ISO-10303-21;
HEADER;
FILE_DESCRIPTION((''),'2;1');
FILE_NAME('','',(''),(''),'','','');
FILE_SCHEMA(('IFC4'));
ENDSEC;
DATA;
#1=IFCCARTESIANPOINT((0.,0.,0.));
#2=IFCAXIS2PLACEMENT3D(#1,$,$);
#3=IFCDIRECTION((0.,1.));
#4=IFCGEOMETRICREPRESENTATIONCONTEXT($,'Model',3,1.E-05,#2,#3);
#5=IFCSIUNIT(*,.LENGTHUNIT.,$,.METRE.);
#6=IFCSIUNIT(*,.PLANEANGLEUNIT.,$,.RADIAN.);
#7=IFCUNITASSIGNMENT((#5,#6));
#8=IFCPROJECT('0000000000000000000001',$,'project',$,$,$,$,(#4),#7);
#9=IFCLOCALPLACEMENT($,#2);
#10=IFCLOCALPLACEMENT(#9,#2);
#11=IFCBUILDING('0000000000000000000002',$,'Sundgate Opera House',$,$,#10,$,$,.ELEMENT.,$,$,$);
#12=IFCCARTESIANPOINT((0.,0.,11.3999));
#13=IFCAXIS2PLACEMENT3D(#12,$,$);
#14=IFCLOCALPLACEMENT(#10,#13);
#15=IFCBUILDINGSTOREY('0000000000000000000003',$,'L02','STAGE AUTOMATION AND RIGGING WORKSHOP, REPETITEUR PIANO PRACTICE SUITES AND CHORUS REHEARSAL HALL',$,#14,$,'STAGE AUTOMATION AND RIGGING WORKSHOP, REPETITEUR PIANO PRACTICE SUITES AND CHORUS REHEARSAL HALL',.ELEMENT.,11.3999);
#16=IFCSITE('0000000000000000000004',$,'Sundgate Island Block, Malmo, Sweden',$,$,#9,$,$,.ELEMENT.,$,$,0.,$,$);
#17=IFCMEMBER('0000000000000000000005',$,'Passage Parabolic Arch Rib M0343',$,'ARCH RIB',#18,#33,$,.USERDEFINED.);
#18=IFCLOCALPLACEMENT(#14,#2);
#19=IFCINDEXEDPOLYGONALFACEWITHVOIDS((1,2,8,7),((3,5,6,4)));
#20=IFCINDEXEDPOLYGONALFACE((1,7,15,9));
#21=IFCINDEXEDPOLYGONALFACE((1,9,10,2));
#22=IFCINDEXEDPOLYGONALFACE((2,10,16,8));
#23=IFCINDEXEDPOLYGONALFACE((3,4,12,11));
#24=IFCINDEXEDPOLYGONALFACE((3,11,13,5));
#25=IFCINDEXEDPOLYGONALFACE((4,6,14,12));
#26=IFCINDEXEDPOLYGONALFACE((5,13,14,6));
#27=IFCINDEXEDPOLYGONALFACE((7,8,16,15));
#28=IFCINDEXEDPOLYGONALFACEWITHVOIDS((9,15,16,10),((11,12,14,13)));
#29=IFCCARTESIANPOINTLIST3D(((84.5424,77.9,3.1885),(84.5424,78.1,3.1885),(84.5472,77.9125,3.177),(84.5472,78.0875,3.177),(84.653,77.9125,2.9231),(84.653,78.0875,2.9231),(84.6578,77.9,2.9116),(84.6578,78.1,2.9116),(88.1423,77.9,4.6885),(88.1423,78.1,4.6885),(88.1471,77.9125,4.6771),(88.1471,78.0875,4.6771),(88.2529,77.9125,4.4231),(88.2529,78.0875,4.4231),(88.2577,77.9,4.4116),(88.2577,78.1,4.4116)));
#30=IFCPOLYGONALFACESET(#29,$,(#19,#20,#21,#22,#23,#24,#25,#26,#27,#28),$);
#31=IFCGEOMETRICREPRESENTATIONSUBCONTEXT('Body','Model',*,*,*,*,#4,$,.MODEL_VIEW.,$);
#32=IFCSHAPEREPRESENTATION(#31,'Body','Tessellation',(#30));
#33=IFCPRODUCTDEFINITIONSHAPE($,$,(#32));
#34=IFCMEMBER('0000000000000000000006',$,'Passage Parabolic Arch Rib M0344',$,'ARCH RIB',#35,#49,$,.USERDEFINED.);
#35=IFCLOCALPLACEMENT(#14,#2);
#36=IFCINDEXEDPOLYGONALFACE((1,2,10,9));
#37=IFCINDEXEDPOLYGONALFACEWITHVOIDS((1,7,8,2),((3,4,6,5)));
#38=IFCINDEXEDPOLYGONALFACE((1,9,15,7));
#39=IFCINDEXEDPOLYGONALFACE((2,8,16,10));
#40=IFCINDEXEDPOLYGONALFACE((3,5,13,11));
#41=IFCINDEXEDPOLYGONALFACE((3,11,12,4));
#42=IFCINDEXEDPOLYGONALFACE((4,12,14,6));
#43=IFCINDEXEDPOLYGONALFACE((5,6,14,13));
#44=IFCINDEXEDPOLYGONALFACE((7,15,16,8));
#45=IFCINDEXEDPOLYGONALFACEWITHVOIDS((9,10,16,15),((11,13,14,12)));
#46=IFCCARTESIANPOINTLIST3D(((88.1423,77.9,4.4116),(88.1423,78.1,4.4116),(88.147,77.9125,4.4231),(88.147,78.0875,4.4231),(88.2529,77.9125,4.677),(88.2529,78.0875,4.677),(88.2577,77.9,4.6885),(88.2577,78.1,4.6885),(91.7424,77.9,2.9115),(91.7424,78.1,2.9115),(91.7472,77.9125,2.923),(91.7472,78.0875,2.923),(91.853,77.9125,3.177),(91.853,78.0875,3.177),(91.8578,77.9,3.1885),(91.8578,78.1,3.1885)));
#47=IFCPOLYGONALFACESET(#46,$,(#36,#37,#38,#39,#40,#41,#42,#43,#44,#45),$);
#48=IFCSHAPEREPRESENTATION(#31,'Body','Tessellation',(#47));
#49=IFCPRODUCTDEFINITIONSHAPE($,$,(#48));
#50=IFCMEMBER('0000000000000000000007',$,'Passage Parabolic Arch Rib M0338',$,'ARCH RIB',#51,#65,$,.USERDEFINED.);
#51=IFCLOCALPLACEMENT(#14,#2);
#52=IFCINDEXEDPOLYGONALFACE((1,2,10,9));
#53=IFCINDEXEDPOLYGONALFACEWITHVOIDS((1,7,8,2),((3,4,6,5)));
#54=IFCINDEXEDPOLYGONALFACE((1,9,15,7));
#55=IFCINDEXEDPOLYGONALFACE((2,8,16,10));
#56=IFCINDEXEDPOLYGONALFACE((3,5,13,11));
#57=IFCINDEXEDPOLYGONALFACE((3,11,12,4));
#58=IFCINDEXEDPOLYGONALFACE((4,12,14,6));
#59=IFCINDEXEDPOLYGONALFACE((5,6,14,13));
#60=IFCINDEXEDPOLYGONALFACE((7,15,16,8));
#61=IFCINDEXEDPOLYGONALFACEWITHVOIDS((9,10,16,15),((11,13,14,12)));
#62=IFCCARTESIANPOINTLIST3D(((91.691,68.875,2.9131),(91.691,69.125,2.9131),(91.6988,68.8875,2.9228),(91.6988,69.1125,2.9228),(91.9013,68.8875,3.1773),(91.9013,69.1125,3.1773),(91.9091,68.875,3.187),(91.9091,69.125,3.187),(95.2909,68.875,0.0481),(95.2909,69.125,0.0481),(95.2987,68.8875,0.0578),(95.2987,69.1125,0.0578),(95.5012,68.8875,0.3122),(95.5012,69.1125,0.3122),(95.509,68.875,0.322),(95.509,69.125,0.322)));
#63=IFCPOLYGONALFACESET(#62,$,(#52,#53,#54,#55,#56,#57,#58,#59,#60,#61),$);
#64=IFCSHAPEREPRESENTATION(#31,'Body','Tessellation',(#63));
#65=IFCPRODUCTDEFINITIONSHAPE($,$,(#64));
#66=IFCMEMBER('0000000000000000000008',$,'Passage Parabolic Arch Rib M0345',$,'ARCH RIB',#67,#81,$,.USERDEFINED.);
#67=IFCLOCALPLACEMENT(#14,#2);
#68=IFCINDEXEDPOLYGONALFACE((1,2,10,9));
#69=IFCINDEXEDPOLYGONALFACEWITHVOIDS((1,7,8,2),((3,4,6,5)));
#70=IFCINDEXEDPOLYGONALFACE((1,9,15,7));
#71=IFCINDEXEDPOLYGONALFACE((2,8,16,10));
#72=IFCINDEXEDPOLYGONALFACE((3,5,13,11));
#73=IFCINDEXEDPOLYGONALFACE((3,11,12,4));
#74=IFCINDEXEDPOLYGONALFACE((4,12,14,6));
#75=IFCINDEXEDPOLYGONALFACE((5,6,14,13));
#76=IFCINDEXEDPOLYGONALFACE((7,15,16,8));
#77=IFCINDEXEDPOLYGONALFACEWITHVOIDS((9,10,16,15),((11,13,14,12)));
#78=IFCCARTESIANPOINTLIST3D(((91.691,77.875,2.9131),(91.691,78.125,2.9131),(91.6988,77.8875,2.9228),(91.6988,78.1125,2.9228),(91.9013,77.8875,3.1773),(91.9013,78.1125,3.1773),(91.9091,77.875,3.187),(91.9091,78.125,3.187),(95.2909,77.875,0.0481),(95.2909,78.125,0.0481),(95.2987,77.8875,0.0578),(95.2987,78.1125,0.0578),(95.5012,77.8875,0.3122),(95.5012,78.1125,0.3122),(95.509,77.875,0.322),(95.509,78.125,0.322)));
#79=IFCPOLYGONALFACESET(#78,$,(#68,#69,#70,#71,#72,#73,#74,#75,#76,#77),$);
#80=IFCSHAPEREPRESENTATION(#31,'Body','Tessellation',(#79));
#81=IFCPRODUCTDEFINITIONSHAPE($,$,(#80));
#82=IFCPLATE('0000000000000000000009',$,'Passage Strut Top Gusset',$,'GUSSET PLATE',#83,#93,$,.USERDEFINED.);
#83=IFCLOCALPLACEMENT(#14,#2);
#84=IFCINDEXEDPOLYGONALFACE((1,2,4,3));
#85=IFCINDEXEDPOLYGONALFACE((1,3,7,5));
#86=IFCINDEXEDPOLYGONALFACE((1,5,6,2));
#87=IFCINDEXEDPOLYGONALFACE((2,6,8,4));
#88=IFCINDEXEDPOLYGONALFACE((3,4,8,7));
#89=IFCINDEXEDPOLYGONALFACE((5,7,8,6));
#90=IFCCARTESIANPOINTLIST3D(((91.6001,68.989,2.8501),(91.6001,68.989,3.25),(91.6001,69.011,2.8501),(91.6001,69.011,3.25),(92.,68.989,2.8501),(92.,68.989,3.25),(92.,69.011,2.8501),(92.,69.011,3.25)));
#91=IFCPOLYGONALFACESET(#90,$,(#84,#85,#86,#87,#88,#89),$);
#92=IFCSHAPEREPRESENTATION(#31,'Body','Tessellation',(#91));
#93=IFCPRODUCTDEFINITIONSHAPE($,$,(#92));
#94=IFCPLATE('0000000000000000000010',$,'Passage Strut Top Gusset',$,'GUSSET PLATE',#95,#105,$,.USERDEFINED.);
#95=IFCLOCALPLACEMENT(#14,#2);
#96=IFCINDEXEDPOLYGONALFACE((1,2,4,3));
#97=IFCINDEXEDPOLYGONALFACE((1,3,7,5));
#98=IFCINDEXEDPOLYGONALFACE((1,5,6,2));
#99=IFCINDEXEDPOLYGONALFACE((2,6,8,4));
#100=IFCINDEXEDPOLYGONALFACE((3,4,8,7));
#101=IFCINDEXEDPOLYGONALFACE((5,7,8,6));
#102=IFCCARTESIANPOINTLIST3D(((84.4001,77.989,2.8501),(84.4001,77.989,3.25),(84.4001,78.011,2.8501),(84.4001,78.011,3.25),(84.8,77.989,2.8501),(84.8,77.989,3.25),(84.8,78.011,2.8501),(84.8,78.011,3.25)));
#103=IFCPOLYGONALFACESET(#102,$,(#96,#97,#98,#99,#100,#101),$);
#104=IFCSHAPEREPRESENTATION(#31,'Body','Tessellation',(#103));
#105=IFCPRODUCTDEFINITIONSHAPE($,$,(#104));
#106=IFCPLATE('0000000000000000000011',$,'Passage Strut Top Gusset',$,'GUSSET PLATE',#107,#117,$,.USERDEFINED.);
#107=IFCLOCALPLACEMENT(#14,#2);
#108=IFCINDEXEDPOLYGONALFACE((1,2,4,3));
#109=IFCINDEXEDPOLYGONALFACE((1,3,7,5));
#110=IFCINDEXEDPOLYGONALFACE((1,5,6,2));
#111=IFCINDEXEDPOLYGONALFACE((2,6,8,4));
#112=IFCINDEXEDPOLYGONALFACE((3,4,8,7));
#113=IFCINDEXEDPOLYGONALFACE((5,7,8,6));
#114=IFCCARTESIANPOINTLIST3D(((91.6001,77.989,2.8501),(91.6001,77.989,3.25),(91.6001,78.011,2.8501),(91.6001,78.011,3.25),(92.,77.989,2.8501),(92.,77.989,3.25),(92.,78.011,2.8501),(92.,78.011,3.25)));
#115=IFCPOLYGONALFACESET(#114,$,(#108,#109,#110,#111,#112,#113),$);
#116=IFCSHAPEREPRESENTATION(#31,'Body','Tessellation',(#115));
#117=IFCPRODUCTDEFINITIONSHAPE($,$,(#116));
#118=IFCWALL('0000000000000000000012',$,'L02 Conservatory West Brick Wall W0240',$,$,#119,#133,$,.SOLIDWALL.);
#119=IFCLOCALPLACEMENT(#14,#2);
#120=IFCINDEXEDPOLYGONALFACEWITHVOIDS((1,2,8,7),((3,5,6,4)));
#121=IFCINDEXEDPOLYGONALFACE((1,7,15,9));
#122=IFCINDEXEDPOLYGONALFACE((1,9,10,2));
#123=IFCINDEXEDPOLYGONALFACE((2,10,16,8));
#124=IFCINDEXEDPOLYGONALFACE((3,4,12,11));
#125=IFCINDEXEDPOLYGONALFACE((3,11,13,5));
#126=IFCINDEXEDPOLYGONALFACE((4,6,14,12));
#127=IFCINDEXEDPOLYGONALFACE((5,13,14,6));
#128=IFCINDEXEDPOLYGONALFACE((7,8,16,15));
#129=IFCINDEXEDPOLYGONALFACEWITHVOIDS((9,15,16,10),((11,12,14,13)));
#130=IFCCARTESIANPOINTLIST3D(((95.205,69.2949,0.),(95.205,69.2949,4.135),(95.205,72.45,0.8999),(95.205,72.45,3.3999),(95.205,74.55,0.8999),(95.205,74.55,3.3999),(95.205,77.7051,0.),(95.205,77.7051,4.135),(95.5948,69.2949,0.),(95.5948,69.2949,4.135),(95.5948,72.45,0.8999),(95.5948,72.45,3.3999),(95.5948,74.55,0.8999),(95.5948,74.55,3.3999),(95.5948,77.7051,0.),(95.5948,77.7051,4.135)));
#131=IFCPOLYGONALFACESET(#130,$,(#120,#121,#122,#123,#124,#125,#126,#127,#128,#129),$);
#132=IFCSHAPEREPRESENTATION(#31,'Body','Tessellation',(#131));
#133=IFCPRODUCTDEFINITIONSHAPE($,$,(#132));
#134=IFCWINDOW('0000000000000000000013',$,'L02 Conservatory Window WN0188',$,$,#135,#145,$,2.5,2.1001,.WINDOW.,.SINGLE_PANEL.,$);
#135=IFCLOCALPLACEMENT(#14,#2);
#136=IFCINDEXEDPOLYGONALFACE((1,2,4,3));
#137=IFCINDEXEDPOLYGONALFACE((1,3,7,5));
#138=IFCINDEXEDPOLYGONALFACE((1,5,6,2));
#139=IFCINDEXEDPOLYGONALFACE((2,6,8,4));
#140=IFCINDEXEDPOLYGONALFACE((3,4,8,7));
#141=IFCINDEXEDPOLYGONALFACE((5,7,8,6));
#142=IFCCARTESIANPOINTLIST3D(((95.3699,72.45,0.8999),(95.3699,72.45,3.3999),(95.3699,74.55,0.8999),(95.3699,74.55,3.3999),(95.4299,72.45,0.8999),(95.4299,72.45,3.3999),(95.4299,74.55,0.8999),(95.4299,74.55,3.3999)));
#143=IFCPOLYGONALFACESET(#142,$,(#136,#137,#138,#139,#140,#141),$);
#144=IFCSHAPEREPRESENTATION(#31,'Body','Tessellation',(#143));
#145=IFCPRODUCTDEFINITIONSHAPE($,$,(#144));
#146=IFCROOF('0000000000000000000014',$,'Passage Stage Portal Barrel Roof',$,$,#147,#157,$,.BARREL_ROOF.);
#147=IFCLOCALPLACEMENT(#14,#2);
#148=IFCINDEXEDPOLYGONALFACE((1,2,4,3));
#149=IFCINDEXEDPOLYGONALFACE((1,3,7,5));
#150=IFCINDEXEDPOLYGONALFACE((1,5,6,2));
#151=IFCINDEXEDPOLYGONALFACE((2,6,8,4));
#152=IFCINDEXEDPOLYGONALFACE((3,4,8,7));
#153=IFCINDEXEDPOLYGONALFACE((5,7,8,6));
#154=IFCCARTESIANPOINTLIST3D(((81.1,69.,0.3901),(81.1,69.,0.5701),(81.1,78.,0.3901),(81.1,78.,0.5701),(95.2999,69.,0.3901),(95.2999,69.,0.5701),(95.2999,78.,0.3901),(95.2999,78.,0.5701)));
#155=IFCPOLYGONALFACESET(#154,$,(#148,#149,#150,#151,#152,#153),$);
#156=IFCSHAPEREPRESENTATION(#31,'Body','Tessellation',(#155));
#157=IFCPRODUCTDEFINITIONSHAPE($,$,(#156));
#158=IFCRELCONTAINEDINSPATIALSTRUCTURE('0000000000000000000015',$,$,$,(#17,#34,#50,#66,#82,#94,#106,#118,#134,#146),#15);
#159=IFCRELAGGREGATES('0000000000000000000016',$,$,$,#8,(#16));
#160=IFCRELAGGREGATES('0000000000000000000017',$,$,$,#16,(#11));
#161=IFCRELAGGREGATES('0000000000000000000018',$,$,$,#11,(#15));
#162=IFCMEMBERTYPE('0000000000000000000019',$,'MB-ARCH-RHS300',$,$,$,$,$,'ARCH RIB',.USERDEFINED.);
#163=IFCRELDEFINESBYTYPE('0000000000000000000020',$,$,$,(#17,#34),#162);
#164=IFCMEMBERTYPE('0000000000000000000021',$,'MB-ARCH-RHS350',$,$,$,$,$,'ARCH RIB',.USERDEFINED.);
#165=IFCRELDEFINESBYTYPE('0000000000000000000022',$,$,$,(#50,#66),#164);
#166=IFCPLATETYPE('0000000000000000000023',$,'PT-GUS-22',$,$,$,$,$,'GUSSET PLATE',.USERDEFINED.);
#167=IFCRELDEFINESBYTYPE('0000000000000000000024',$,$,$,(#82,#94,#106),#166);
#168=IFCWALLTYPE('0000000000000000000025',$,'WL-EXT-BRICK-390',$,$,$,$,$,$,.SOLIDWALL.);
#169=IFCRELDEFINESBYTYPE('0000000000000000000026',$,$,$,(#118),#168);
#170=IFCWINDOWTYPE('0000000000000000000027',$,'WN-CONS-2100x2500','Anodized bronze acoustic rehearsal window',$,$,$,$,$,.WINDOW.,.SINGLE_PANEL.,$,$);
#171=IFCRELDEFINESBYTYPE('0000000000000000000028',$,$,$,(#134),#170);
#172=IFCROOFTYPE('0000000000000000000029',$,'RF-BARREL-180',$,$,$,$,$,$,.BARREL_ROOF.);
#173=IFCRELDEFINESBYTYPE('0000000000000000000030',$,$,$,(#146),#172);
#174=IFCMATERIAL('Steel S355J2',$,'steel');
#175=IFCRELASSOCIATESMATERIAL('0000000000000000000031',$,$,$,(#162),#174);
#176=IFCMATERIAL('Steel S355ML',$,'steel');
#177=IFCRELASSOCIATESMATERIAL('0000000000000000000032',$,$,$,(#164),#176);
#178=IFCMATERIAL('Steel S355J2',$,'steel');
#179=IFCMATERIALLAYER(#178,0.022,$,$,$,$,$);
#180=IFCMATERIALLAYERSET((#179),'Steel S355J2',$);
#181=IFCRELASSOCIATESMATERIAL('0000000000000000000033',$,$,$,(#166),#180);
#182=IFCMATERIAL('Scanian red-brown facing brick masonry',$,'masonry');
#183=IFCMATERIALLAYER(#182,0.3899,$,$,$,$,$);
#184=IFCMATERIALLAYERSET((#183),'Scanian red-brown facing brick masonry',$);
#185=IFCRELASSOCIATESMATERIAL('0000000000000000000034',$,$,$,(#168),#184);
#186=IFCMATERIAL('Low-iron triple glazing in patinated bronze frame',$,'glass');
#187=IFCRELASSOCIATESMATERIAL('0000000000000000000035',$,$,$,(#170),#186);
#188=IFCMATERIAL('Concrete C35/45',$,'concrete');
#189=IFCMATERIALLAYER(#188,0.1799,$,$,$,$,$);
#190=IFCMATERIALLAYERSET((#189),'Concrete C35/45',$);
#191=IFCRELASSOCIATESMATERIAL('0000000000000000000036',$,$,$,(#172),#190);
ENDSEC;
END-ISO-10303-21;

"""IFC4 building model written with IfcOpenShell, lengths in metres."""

from ifc_helpers import new_model, si_unit, direction, frame, frame_2d, origin, origin_2d, place, context, subcontext, project, spatial, rectangle, hollow_rectangle, extrude, material, layer, layer_set, material_profile, profile_set, type_object, element, fill, save


model = new_model("IFC4")

# Units and contexts
model_context = context("Model", 3, precision=1e-05, world=origin(), true_north=direction((0.0, 1.0)))
body_context = subcontext(model_context, "Body", "Model", "MODEL_VIEW")
ifc_project = project(units=[si_unit("LENGTHUNIT", "METRE"), si_unit("PLANEANGLEUNIT", "RADIAN")], contexts=[model_context])

# Site, building, storey
site_placement = place(None, origin())
site = spatial("IfcSite", under=ifc_project, at=site_placement, Name="Sundgate Island Block, Malmo, Sweden", CompositionType="ELEMENT", RefElevation=0.0)
building_placement = place(site_placement, origin())
building = spatial("IfcBuilding", under=site, at=building_placement, Name="Sundgate Opera House", CompositionType="ELEMENT")
storey_placement = place(building_placement, frame((0.0, 0.0, 11.3999)))
storey = spatial("IfcBuildingStorey", under=building, at=storey_placement, Name="L02", Description="STAGE AUTOMATION AND RIGGING WORKSHOP, REPETITEUR PIANO PRACTICE SUITES AND CHORUS REHEARSAL HALL", LongName="STAGE AUTOMATION AND RIGGING WORKSHOP, REPETITEUR PIANO PRACTICE SUITES AND CHORUS REHEARSAL HALL", CompositionType="ELEMENT", Elevation=11.3999)

# Members
ifc_material_1 = material(Name="Steel S355J2", Category="steel")
ifc_material_profile_1 = material_profile(ifc_material_1, hollow_rectangle(XDim=0.2, YDim=0.3, WallThickness=0.0125, at=origin_2d()), Name="RHS 300x200x12.5")
ifc_profile_set_1 = profile_set([ifc_material_profile_1], Name="Steel S355J2")
member_type_1 = type_object("IfcMemberType", Name="MB-ARCH-RHS300", ElementType="ARCH RIB", PredefinedType="USERDEFINED", material=ifc_profile_set_1)
member_1_placement = place(storey_placement, frame((84.6001, 78.0, 3.05), z_axis=(0.923071, 0.0, 0.384629), x_axis=(0.0, 1.0, 0.0)))
element("IfcMember", 1, at=member_1_placement, inside=storey, type_object=member_type_1, Name="Passage Parabolic Arch Rib M0343", ObjectType="ARCH RIB", PredefinedType="USERDEFINED", context=body_context, shape_type="SweptSolid", body=[
    extrude(hollow_rectangle(XDim=0.2, YDim=0.3, WallThickness=0.0125, at=origin_2d()), origin(), (0.0, 0.0, 1.0), 3.8999),
])
member_2_placement = place(storey_placement, frame((88.2, 78.0, 4.55), z_axis=(0.923081, 0.0, -0.384606), x_axis=(0.0, 1.0, 0.0)))
element("IfcMember", 2, at=member_2_placement, inside=storey, type_object=member_type_1, Name="Passage Parabolic Arch Rib M0344", ObjectType="ARCH RIB", PredefinedType="USERDEFINED", context=body_context, shape_type="SweptSolid", body=[
    extrude(hollow_rectangle(XDim=0.2, YDim=0.3, WallThickness=0.0125, at=origin_2d()), origin(), (0.0, 0.0, 1.0), 3.9001),
])
ifc_material_2 = material(Name="Steel S355ML", Category="steel")
ifc_material_profile_2 = material_profile(ifc_material_2, hollow_rectangle(XDim=0.25, YDim=0.3501, WallThickness=0.0125, at=origin_2d()), Name="RHS 350x250x12.5")
ifc_profile_set_2 = profile_set([ifc_material_profile_2], Name="Steel S355ML")
member_type_2 = type_object("IfcMemberType", Name="MB-ARCH-RHS350", ElementType="ARCH RIB", PredefinedType="USERDEFINED", material=ifc_profile_set_2)
for number, where, z_axis, x_axis, name in (
    (3, (91.8, 69.0, 3.05), (0.782445, 0.0, -0.622719), (0.0, 1.0, 0.0), "Passage Parabolic Arch Rib M0338"),
    (4, (91.8, 78.0, 3.05), (0.782445, 0.0, -0.622719), (0.0, 1.0, 0.0), "Passage Parabolic Arch Rib M0345"),
):
    element("IfcMember", number, at=place(storey_placement, frame(where, z_axis=z_axis, x_axis=x_axis)), inside=storey, type_object=member_type_2, Name=name, ObjectType="ARCH RIB", PredefinedType="USERDEFINED", context=body_context, shape_type="SweptSolid", body=[
        extrude(hollow_rectangle(XDim=0.25, YDim=0.3501, WallThickness=0.0125, at=origin_2d()), origin(), (0.0, 0.0, 1.0), 4.6008),
    ])

# Plates
ifc_material_3 = material(Name="Steel S355J2", Category="steel")
ifc_layer_1 = layer(ifc_material_3, 0.022)
ifc_layer_set_1 = layer_set([ifc_layer_1], Name="Steel S355J2")
plate_type = type_object("IfcPlateType", Name="PT-GUS-22", ElementType="GUSSET PLATE", PredefinedType="USERDEFINED", material=ifc_layer_set_1)
for number, where, z_axis, x_axis, name in (
    (5, (91.8, 69.0, 2.8501), (0.0, 0.0, 1.0), (1.0, 0.0, 0.0), "Passage Strut Top Gusset"),
    (6, (84.6001, 78.0, 2.8501), (0.0, 0.0, 1.0), (1.0, 0.0, 0.0), "Passage Strut Top Gusset"),
    (7, (91.8, 78.0, 2.8501), (0.0, 0.0, 1.0), (1.0, 0.0, 0.0), "Passage Strut Top Gusset"),
):
    element("IfcPlate", number, at=place(storey_placement, frame(where, z_axis=z_axis, x_axis=x_axis)), inside=storey, type_object=plate_type, Name=name, ObjectType="GUSSET PLATE", PredefinedType="USERDEFINED", context=body_context, shape_type="SweptSolid", body=[
        extrude(rectangle(XDim=0.3999, YDim=0.022, at=origin_2d()), origin(), (0.0, 0.0, 1.0), 0.3999),
    ])

# Wall, opening, window
ifc_material_4 = material(Name="Scanian red-brown facing brick masonry", Category="masonry")
ifc_layer_2 = layer(ifc_material_4, 0.3899)
ifc_layer_set_2 = layer_set([ifc_layer_2], Name="Scanian red-brown facing brick masonry")
wall_type = type_object("IfcWallType", Name="WL-EXT-BRICK-390", PredefinedType="SOLIDWALL", material=ifc_layer_set_2)
wall_placement = place(storey_placement, frame((95.3999, 77.7051, 0.0), z_axis=(0.0, 0.0, 1.0), x_axis=(0.0, -1.0, 0.0)))
wall = element("IfcWall", 8, at=wall_placement, inside=storey, type_object=wall_type, Name="L02 Conservatory West Brick Wall W0240", PredefinedType="SOLIDWALL", context=body_context, shape_type="SweptSolid", body=[
    extrude(rectangle(XDim=8.4102, YDim=0.3899, at=frame_2d((4.2051, 0.0))), origin(), (0.0, 0.0, 1.0), 4.135),
])
opening_placement = place(wall_placement, frame((3.155, 0.0, 0.8999)))
opening = element("IfcOpeningElement", 9, at=opening_placement, cuts=wall, PredefinedType="OPENING", context=body_context, shape_type="SweptSolid", body=[
    extrude(rectangle(XDim=2.1001, YDim=2.5, at=frame_2d((1.05, 1.25))), frame((0.0, 0.2048, 0.0), z_axis=(0.0, -1.0, 0.0), x_axis=(1.0, 0.0, 0.0)), (0.0, 0.0, 1.0), 0.4099),
])
ifc_material_5 = material(Name="Low-iron triple glazing in patinated bronze frame", Category="glass")
window_type = type_object("IfcWindowType", Name="WN-CONS-2100x2500", Description="Anodized bronze acoustic rehearsal window", PartitioningType="SINGLE_PANEL", PredefinedType="WINDOW", material=ifc_material_5)
window_placement = place(opening_placement, origin())
window = element("IfcWindow", 10, at=window_placement, inside=storey, type_object=window_type, Name="L02 Conservatory Window WN0188", OverallHeight=2.5, OverallWidth=2.1001, PartitioningType="SINGLE_PANEL", PredefinedType="WINDOW", context=body_context, shape_type="SweptSolid", body=[
    extrude(rectangle(XDim=2.1001, YDim=2.5, at=frame_2d((1.05, 1.25))), frame((0.0, 0.03, 0.0), z_axis=(0.0, -1.0, 0.0), x_axis=(1.0, 0.0, 0.0)), (0.0, 0.0, 1.0), 0.0601),
])
fill(opening, window)

# Roof
ifc_material_6 = material(Name="Concrete C35/45", Category="concrete")
ifc_layer_3 = layer(ifc_material_6, 0.1799)
ifc_layer_set_3 = layer_set([ifc_layer_3], Name="Concrete C35/45")
roof_type = type_object("IfcRoofType", Name="RF-BARREL-180", PredefinedType="BARREL_ROOF", material=ifc_layer_set_3)
roof_placement = place(storey_placement, frame((88.2, 73.5, 0.3901), z_axis=(0.0, 0.0, 1.0), x_axis=(1.0, 0.0, 0.0)))
element("IfcRoof", 11, at=roof_placement, inside=storey, type_object=roof_type, Name="Passage Stage Portal Barrel Roof", PredefinedType="BARREL_ROOF", context=body_context, shape_type="SweptSolid", body=[
    extrude(rectangle(XDim=14.2, YDim=9.0, at=origin_2d()), origin(), (0.0, 0.0, 1.0), 0.1799),
])

save(model, "model.ifc")
